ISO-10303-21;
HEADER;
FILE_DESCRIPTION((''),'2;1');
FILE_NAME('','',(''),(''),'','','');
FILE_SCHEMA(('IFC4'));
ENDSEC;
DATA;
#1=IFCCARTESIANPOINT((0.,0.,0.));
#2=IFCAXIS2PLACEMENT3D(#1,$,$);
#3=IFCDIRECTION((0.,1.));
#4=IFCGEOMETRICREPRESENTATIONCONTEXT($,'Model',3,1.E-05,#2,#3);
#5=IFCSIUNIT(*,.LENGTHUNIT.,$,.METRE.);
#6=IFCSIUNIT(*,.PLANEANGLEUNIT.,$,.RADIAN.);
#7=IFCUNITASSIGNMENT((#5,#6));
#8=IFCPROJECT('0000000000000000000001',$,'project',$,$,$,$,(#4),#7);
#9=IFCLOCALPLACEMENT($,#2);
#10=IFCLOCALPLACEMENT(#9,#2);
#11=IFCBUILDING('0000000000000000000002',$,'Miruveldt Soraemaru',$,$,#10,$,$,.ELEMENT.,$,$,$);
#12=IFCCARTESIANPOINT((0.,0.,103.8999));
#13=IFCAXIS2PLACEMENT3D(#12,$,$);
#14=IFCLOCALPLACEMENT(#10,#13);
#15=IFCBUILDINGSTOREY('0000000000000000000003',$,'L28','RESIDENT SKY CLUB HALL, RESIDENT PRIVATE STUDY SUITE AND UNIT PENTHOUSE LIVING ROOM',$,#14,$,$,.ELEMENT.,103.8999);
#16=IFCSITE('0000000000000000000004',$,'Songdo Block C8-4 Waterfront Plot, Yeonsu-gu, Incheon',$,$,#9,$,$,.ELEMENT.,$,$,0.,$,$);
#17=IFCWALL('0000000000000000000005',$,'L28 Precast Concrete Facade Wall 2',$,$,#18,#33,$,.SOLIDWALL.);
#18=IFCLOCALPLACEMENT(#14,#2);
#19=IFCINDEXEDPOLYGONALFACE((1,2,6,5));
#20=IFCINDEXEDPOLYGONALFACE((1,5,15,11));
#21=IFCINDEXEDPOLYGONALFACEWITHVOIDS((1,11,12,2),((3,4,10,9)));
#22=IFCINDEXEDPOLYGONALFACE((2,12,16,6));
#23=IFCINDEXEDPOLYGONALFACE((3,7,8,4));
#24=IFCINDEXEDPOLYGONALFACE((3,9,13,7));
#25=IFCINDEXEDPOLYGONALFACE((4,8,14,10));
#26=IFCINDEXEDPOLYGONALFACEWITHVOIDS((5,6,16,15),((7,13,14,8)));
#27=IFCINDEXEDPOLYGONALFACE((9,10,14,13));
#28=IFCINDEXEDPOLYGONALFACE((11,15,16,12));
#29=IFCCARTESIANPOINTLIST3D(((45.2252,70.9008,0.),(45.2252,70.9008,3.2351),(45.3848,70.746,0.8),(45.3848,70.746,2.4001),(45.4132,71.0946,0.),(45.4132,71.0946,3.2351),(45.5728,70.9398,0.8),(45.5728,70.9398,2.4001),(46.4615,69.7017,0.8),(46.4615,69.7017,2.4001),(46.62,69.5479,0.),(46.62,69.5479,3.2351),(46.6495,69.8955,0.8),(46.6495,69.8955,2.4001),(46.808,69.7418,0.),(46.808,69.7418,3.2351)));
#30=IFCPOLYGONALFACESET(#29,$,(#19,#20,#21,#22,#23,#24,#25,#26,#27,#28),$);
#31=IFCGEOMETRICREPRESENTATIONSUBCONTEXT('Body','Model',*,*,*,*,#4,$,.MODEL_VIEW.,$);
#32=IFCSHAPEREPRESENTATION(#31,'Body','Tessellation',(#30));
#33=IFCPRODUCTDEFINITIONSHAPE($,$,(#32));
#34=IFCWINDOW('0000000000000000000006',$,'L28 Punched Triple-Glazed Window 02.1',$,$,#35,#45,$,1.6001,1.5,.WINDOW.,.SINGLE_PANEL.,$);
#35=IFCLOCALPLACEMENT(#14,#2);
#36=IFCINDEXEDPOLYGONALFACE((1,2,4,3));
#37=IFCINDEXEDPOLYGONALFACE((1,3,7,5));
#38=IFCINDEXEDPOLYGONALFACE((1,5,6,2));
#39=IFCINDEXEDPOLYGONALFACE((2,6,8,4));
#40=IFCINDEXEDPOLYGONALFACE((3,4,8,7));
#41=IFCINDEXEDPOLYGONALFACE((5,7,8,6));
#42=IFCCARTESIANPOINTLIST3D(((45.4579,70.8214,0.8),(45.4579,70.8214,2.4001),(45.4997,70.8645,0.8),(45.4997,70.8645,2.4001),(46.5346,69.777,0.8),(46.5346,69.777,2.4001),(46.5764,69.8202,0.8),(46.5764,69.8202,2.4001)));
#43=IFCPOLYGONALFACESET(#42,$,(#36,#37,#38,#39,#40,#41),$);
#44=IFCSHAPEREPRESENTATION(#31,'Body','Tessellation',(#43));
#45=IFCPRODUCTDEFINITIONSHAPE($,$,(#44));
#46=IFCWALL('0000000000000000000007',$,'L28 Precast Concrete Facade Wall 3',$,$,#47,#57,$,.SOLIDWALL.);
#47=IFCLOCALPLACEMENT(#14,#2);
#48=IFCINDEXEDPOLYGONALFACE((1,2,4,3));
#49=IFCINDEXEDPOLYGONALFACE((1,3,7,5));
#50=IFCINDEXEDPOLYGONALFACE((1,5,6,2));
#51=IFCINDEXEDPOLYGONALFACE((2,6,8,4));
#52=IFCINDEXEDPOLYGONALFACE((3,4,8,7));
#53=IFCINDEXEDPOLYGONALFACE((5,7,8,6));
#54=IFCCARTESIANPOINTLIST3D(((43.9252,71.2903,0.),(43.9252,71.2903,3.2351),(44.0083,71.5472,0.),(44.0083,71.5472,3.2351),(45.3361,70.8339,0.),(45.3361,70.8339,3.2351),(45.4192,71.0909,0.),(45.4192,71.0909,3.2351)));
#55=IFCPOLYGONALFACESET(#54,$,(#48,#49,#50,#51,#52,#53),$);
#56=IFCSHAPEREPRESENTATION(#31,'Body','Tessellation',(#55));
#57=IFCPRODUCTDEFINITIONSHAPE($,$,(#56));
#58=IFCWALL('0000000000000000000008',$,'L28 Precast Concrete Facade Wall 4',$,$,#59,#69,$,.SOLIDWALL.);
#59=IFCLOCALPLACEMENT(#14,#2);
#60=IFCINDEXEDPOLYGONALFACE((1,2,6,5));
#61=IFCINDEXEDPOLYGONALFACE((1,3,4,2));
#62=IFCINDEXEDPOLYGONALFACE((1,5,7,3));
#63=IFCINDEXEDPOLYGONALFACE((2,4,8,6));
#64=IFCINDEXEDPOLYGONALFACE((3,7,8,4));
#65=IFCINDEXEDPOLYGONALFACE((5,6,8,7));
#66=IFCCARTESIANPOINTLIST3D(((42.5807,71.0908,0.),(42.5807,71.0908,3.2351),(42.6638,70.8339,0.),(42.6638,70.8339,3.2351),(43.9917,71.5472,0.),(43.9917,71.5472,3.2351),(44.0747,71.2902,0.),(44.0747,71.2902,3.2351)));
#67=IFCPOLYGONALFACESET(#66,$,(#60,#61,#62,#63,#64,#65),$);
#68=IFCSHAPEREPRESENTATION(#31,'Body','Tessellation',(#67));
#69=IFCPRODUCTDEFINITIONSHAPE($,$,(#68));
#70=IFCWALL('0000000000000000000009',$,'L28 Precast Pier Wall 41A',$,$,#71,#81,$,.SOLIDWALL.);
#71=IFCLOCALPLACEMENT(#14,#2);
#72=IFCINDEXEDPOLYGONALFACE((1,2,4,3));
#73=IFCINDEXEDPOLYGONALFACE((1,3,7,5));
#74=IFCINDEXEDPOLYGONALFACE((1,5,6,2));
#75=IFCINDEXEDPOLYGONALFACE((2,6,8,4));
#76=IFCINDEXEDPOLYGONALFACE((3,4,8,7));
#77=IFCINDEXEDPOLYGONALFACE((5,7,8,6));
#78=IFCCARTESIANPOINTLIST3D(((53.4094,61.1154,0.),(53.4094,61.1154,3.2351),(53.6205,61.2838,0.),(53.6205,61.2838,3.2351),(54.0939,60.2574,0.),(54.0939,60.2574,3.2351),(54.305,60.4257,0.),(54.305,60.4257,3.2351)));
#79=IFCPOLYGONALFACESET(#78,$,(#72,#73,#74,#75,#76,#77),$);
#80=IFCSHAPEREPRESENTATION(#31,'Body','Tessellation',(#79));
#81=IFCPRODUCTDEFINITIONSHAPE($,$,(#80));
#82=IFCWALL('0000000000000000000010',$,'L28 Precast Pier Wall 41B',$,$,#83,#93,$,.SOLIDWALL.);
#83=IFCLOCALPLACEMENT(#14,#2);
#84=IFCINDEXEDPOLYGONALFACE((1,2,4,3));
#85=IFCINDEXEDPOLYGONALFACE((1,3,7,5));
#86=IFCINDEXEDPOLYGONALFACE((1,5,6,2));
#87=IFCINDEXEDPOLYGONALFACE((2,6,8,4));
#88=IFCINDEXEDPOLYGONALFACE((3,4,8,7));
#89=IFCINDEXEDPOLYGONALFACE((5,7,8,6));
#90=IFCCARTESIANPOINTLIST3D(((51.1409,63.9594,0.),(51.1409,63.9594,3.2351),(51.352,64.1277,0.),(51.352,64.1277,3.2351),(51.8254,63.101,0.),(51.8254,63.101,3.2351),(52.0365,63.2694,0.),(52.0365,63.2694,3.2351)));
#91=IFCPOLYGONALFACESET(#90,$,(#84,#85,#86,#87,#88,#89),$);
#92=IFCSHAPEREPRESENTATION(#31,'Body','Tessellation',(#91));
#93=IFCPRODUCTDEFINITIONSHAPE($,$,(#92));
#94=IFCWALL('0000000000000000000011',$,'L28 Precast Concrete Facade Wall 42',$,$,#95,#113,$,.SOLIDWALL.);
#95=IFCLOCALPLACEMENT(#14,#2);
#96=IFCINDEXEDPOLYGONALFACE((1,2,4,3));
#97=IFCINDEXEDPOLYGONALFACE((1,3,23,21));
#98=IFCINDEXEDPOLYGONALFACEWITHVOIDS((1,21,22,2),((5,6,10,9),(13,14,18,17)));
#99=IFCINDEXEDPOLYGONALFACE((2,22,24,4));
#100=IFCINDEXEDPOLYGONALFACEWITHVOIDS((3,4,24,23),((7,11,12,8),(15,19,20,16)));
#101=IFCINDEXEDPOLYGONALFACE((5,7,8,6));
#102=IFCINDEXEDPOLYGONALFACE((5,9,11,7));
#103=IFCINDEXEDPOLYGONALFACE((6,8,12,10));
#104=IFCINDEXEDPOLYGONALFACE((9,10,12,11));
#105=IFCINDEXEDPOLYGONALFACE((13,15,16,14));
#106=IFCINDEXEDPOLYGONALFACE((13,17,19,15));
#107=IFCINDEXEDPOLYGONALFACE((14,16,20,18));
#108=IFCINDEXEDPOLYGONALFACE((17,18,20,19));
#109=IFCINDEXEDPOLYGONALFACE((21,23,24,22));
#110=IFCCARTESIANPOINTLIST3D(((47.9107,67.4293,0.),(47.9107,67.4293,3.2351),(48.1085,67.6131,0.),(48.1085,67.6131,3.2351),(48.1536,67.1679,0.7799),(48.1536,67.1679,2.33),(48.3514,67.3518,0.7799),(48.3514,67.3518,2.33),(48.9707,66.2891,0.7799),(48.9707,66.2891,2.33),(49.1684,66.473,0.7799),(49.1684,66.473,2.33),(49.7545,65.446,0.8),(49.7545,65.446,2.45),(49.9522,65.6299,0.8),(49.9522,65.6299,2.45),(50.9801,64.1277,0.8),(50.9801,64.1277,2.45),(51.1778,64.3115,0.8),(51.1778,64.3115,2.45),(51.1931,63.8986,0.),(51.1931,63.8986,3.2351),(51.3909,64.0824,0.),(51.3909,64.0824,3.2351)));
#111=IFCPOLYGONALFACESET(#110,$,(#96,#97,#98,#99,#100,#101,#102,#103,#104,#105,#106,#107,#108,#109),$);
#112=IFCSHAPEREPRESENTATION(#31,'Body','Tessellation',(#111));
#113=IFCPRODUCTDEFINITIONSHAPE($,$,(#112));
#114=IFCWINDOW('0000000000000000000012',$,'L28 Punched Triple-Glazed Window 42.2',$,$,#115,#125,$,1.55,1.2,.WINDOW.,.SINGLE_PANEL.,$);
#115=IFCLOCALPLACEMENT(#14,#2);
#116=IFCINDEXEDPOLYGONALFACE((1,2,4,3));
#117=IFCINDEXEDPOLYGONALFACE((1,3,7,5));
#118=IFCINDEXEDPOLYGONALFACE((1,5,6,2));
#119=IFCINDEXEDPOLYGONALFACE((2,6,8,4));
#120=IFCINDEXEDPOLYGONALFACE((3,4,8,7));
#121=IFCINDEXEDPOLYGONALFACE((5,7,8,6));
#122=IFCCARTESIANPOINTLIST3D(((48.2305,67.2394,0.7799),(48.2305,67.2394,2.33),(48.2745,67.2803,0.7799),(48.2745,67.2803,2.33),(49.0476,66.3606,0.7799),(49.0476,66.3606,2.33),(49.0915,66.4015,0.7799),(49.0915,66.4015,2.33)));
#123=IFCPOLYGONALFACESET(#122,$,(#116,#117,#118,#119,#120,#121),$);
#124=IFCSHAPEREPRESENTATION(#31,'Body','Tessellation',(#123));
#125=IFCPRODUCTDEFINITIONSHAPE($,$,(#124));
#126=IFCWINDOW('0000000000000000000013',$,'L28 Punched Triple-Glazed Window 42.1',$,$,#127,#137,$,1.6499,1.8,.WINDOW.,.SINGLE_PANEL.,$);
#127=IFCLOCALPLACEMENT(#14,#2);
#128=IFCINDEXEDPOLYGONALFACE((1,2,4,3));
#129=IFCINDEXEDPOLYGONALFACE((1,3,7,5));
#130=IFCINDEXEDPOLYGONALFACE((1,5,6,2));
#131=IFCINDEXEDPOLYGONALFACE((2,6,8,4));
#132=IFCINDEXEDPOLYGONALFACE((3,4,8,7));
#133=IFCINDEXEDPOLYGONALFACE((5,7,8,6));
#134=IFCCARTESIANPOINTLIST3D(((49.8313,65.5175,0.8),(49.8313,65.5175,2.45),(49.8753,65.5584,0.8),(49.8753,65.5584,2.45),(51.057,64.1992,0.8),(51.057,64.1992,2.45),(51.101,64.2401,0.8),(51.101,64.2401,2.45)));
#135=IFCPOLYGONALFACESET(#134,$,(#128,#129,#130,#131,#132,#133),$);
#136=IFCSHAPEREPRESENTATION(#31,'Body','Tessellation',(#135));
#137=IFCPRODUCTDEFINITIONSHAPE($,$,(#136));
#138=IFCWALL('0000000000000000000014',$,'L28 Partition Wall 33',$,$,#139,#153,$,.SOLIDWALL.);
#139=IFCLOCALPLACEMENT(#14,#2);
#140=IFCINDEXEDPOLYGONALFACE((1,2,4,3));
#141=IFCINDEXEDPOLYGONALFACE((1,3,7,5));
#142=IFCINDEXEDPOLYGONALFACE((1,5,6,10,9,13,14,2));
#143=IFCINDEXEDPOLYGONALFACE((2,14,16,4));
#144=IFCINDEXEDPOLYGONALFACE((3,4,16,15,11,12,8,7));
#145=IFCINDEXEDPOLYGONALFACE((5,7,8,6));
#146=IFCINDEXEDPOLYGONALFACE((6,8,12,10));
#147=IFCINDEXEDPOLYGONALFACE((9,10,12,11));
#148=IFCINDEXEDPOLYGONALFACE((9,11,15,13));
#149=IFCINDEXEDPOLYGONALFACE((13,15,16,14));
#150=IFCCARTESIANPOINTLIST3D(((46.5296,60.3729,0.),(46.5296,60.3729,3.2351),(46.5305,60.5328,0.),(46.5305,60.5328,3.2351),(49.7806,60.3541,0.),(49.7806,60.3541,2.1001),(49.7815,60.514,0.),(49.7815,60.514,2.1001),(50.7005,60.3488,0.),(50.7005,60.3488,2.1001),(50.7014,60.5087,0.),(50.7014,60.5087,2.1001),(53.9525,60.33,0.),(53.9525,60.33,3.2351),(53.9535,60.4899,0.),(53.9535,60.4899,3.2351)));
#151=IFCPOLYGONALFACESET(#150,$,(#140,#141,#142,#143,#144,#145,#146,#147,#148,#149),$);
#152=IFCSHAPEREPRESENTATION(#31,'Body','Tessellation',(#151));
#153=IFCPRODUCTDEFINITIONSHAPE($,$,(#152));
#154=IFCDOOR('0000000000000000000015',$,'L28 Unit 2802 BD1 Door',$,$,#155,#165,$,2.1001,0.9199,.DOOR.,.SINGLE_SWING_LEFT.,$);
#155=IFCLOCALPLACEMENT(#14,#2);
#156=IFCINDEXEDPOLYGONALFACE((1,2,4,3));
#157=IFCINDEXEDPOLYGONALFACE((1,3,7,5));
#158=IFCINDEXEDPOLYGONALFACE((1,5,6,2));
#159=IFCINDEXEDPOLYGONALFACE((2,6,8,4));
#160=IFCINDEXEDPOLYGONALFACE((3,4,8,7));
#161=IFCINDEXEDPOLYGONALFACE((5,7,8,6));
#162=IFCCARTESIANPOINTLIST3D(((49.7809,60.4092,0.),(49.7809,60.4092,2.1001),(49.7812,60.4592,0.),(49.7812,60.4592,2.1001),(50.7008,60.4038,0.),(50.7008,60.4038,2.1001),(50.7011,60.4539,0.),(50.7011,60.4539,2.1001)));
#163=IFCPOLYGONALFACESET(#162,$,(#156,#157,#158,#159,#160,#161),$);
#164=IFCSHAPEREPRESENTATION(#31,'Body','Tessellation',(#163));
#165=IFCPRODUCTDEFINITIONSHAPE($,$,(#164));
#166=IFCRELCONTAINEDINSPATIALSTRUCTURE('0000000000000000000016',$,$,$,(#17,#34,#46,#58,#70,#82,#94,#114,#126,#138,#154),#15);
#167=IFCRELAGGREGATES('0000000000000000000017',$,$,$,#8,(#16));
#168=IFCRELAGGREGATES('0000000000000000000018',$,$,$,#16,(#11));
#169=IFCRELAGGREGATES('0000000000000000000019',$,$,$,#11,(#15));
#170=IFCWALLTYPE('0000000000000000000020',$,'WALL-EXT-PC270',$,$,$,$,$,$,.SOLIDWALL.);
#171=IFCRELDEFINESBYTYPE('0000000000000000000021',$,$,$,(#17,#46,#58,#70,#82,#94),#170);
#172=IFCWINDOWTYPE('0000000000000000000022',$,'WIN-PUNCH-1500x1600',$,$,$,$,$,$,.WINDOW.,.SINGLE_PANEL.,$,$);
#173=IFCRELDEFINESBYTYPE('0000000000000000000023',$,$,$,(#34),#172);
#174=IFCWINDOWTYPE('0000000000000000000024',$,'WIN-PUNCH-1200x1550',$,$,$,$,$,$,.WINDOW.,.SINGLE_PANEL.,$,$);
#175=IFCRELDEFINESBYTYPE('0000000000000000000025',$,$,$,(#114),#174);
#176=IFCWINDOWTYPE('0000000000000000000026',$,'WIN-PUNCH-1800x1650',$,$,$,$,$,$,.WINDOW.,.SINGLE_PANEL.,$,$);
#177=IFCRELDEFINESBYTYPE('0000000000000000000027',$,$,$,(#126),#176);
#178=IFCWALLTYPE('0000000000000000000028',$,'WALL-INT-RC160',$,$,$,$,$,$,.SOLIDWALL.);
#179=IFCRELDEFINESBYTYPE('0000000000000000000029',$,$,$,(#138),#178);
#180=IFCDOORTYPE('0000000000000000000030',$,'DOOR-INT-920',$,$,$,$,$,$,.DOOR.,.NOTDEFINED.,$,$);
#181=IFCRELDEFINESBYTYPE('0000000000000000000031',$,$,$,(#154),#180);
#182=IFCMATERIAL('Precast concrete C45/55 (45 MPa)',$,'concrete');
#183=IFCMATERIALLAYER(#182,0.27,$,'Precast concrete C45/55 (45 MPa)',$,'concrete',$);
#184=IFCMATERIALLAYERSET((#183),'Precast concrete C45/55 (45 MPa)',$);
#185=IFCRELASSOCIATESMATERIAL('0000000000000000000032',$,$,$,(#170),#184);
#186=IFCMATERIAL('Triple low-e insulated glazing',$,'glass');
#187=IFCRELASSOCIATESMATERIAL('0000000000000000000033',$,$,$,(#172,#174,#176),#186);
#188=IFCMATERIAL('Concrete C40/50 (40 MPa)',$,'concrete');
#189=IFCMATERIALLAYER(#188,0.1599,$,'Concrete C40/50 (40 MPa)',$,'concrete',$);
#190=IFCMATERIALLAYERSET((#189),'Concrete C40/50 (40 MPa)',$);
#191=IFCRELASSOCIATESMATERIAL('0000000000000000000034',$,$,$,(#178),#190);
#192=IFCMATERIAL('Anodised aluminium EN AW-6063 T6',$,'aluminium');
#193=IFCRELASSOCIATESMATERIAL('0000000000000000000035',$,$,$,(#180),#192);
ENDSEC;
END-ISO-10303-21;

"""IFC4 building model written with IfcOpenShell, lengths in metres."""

from ifc_helpers import new_model, si_unit, direction, frame, frame_2d, origin, place, context, subcontext, project, spatial, rectangle, extrude, material, layer, layer_set, type_object, element, fill, save


model = new_model("IFC4")

# Units and contexts
model_context = context("Model", 3, precision=1e-05, world=origin(), true_north=direction((0.0, 1.0)))
body_context = subcontext(model_context, "Body", "Model", "MODEL_VIEW")
ifc_project = project(units=[si_unit("LENGTHUNIT", "METRE"), si_unit("PLANEANGLEUNIT", "RADIAN")], contexts=[model_context])

# Site, building, storey
site_placement = place(None, origin())
site = spatial("IfcSite", under=ifc_project, at=site_placement, Name="Songdo Block C8-4 Waterfront Plot, Yeonsu-gu, Incheon", CompositionType="ELEMENT", RefElevation=0.0)
building_placement = place(site_placement, origin())
building = spatial("IfcBuilding", under=site, at=building_placement, Name="Miruveldt Soraemaru", CompositionType="ELEMENT")
storey_placement = place(building_placement, frame((0.0, 0.0, 103.8999)))
storey = spatial("IfcBuildingStorey", under=building, at=storey_placement, Name="L28", Description="RESIDENT SKY CLUB HALL, RESIDENT PRIVATE STUDY SUITE AND UNIT PENTHOUSE LIVING ROOM", CompositionType="ELEMENT", Elevation=103.8999)

# Wall, opening, window
ifc_material_1 = material(Name="Triple low-e insulated glazing", Category="glass")
ifc_material_2 = material(Name="Precast concrete C45/55 (45 MPa)", Category="concrete")
ifc_layer_1 = layer(ifc_material_2, 0.27, Name="Precast concrete C45/55 (45 MPa)", Category="concrete")
ifc_layer_set_1 = layer_set([ifc_layer_1], Name="Precast concrete C45/55 (45 MPa)")
wall_type_1 = type_object("IfcWallType", Name="WALL-EXT-PC270", PredefinedType="SOLIDWALL", material=ifc_layer_set_1)
wall_1_placement = place(storey_placement, frame((46.7141, 69.6448, 0.0), z_axis=(0.0, 0.0, 1.0), x_axis=(-0.71783, 0.696218, 0.0)))
wall_1 = element("IfcWall", 1, at=wall_1_placement, inside=storey, type_object=wall_type_1, Name="L28 Precast Concrete Facade Wall 2", PredefinedType="SOLIDWALL", context=body_context, shape_type="SweptSolid", body=[
    extrude(rectangle(XDim=1.9431, YDim=0.27, at=frame_2d((0.9717, 0.0))), origin(), (0.0, 0.0, 1.0), 3.2351),
])
opening_1_placement = place(wall_1_placement, frame((0.2209, 0.0, 0.8)))
opening_1 = element("IfcOpeningElement", 2, at=opening_1_placement, cuts=wall_1, PredefinedType="OPENING", context=body_context, shape_type="SweptSolid", body=[
    extrude(rectangle(XDim=1.5, YDim=1.6001, at=frame_2d((0.75, 0.8))), frame((0.0, 0.145, 0.0), z_axis=(0.0, -1.0, 0.0), x_axis=(1.0, 0.0, 0.0)), (0.0, 0.0, 1.0), 0.29),
])
window_type_1 = type_object("IfcWindowType", Name="WIN-PUNCH-1500x1600", PartitioningType="SINGLE_PANEL", PredefinedType="WINDOW", material=ifc_material_1)
window_1_placement = place(opening_1_placement, origin())
window_1 = element("IfcWindow", 3, at=window_1_placement, inside=storey, type_object=window_type_1, Name="L28 Punched Triple-Glazed Window 02.1", OverallHeight=1.6001, OverallWidth=1.5, PartitioningType="SINGLE_PANEL", PredefinedType="WINDOW", context=body_context, shape_type="SweptSolid", body=[
    extrude(rectangle(XDim=1.5, YDim=1.6001, at=frame_2d((0.75, 0.8))), frame((0.0, 0.03, 0.0), z_axis=(0.0, -1.0, 0.0), x_axis=(1.0, 0.0, 0.0)), (0.0, 0.0, 1.0), 0.0601),
])
fill(opening_1, window_1)

# Walls
for number, where, z_axis, x_axis, name in (
    (4, (45.3777, 70.9624, 0.0), (0.0, 0.0, 1.0), (-0.951477, 0.307719, 0.0), "L28 Precast Concrete Facade Wall 3"),
    (5, (44.0332, 71.4187, 0.0), (0.0, 0.0, 1.0), (-0.951477, -0.307719, 0.0), "L28 Precast Concrete Facade Wall 4"),
):
    element("IfcWall", number, at=place(storey_placement, frame(where, z_axis=z_axis, x_axis=x_axis)), inside=storey, type_object=wall_type_1, Name=name, PredefinedType="SOLIDWALL", context=body_context, shape_type="SweptSolid", body=[
        extrude(rectangle(XDim=1.4829, YDim=0.27, at=frame_2d((0.7415, 0.0))), origin(), (0.0, 0.0, 1.0), 3.2351),
    ])
wall_2_placement = place(storey_placement, frame((54.1995, 60.3416, 0.0), z_axis=(0.0, 0.0, 1.0), x_axis=(-0.62361, 0.781736, 0.0)))
element("IfcWall", 6, at=wall_2_placement, inside=storey, type_object=wall_type_1, Name="L28 Precast Pier Wall 41A", PredefinedType="SOLIDWALL", context=body_context, shape_type="SweptSolid", body=[
    extrude(rectangle(XDim=1.0977, YDim=0.27, at=frame_2d((0.5488, 0.0))), origin(), (0.0, 0.0, 1.0), 3.2351),
])
wall_3_placement = place(storey_placement, frame((51.9309, 63.1853, 0.0), z_axis=(0.0, 0.0, 1.0), x_axis=(-0.623501, 0.781822, 0.0)))
element("IfcWall", 7, at=wall_3_placement, inside=storey, type_object=wall_type_1, Name="L28 Precast Pier Wall 41B", PredefinedType="SOLIDWALL", context=body_context, shape_type="SweptSolid", body=[
    extrude(rectangle(XDim=1.0979, YDim=0.27, at=frame_2d((0.5488, 0.0))), origin(), (0.0, 0.0, 1.0), 3.2351),
])

# Wall, openings, windows
wall_4_placement = place(storey_placement, frame((51.292, 63.9905, 0.0), z_axis=(0.0, 0.0, 1.0), x_axis=(-0.680886, 0.732389, 0.0)))
wall_4 = element("IfcWall", 8, at=wall_4_placement, inside=storey, type_object=wall_type_1, Name="L28 Precast Concrete Facade Wall 42", PredefinedType="SOLIDWALL", context=body_context, shape_type="SweptSolid", body=[
    extrude(rectangle(XDim=4.8208, YDim=0.27, at=frame_2d((2.4104, 0.0))), origin(), (0.0, 0.0, 1.0), 3.2351),
])
opening_2_placement = place(wall_4_placement, frame((0.313, 0.0, 0.8)))
opening_2 = element("IfcOpeningElement", 9, at=opening_2_placement, cuts=wall_4, PredefinedType="OPENING", context=body_context, shape_type="SweptSolid", body=[
    extrude(rectangle(XDim=1.8, YDim=1.6499, at=frame_2d((0.8999, 0.825))), frame((0.0, 0.145, 0.0), z_axis=(0.0, -1.0, 0.0), x_axis=(1.0, 0.0, 0.0)), (0.0, 0.0, 1.0), 0.29),
])
opening_3_placement = place(wall_4_placement, frame((3.2639, 0.0, 0.78)))
opening_3 = element("IfcOpeningElement", 10, at=opening_3_placement, cuts=wall_4, PredefinedType="OPENING", context=body_context, shape_type="SweptSolid", body=[
    extrude(rectangle(XDim=1.2, YDim=1.55, at=frame_2d((0.6001, 0.7749))), frame((0.0, 0.145, 0.0), z_axis=(0.0, -1.0, 0.0), x_axis=(1.0, 0.0, 0.0)), (0.0, 0.0, 1.0), 0.29),
])
window_type_2 = type_object("IfcWindowType", Name="WIN-PUNCH-1200x1550", PartitioningType="SINGLE_PANEL", PredefinedType="WINDOW", material=ifc_material_1)
window_2_placement = place(opening_3_placement, origin())
window_2 = element("IfcWindow", 11, at=window_2_placement, inside=storey, type_object=window_type_2, Name="L28 Punched Triple-Glazed Window 42.2", OverallHeight=1.55, OverallWidth=1.2, PartitioningType="SINGLE_PANEL", PredefinedType="WINDOW", context=body_context, shape_type="SweptSolid", body=[
    extrude(rectangle(XDim=1.2, YDim=1.55, at=frame_2d((0.6001, 0.7749))), frame((0.0, 0.03, 0.0), z_axis=(0.0, -1.0, 0.0), x_axis=(1.0, 0.0, 0.0)), (0.0, 0.0, 1.0), 0.0601),
])
fill(opening_3, window_2)
window_type_3 = type_object("IfcWindowType", Name="WIN-PUNCH-1800x1650", PartitioningType="SINGLE_PANEL", PredefinedType="WINDOW", material=ifc_material_1)
window_3_placement = place(opening_2_placement, origin())
window_3 = element("IfcWindow", 12, at=window_3_placement, inside=storey, type_object=window_type_3, Name="L28 Punched Triple-Glazed Window 42.1", OverallHeight=1.6499, OverallWidth=1.8, PartitioningType="SINGLE_PANEL", PredefinedType="WINDOW", context=body_context, shape_type="SweptSolid", body=[
    extrude(rectangle(XDim=1.8, YDim=1.6499, at=frame_2d((0.8999, 0.825))), frame((0.0, 0.03, 0.0), z_axis=(0.0, -1.0, 0.0), x_axis=(1.0, 0.0, 0.0)), (0.0, 0.0, 1.0), 0.0601),
])
fill(opening_2, window_3)

# Wall, opening, door
ifc_material_3 = material(Name="Concrete C40/50 (40 MPa)", Category="concrete")
ifc_layer_2 = layer(ifc_material_3, 0.1599, Name="Concrete C40/50 (40 MPa)", Category="concrete")
ifc_layer_set_2 = layer_set([ifc_layer_2], Name="Concrete C40/50 (40 MPa)")
wall_type_2 = type_object("IfcWallType", Name="WALL-INT-RC160", PredefinedType="SOLIDWALL", material=ifc_layer_set_2)
wall_5_placement = place(storey_placement, frame((53.9529, 60.4099, 0.0), z_axis=(0.0, 0.0, 1.0), x_axis=(-0.999983, 0.005789, 0.0)))
wall_5 = element("IfcWall", 13, at=wall_5_placement, inside=storey, type_object=wall_type_2, Name="L28 Partition Wall 33", PredefinedType="SOLIDWALL", context=body_context, shape_type="SweptSolid", body=[
    extrude(rectangle(XDim=7.4231, YDim=0.1599, at=frame_2d((3.7114, 0.0))), origin(), (0.0, 0.0, 1.0), 3.2351),
])
opening_4_placement = place(wall_5_placement, frame((3.252, 0.0, 0.0)))
opening_4 = element("IfcOpeningElement", 14, at=opening_4_placement, cuts=wall_5, PredefinedType="OPENING", context=body_context, shape_type="SweptSolid", body=[
    extrude(rectangle(XDim=0.9199, YDim=2.1001, at=frame_2d((0.46, 1.05))), frame((0.0, 0.0898, 0.0), z_axis=(0.0, -1.0, 0.0), x_axis=(1.0, 0.0, 0.0)), (0.0, 0.0, 1.0), 0.1799),
])
ifc_material_4 = material(Name="Anodised aluminium EN AW-6063 T6", Category="aluminium")
door_type = type_object("IfcDoorType", Name="DOOR-INT-920", OperationType="NOTDEFINED", PredefinedType="DOOR", material=ifc_material_4)
door_placement = place(opening_4_placement, origin())
door = element("IfcDoor", 15, at=door_placement, inside=storey, type_object=door_type, Name="L28 Unit 2802 BD1 Door", OperationType="SINGLE_SWING_LEFT", OverallHeight=2.1001, OverallWidth=0.9199, PredefinedType="DOOR", context=body_context, shape_type="SweptSolid", body=[
    extrude(rectangle(XDim=0.9199, YDim=2.1001, at=frame_2d((0.46, 1.05))), frame((0.0, 0.0249, 0.0), z_axis=(0.0, -1.0, 0.0), x_axis=(1.0, 0.0, 0.0)), (0.0, 0.0, 1.0), 0.05),
])
fill(opening_4, door)

save(model, "model.ifc")
